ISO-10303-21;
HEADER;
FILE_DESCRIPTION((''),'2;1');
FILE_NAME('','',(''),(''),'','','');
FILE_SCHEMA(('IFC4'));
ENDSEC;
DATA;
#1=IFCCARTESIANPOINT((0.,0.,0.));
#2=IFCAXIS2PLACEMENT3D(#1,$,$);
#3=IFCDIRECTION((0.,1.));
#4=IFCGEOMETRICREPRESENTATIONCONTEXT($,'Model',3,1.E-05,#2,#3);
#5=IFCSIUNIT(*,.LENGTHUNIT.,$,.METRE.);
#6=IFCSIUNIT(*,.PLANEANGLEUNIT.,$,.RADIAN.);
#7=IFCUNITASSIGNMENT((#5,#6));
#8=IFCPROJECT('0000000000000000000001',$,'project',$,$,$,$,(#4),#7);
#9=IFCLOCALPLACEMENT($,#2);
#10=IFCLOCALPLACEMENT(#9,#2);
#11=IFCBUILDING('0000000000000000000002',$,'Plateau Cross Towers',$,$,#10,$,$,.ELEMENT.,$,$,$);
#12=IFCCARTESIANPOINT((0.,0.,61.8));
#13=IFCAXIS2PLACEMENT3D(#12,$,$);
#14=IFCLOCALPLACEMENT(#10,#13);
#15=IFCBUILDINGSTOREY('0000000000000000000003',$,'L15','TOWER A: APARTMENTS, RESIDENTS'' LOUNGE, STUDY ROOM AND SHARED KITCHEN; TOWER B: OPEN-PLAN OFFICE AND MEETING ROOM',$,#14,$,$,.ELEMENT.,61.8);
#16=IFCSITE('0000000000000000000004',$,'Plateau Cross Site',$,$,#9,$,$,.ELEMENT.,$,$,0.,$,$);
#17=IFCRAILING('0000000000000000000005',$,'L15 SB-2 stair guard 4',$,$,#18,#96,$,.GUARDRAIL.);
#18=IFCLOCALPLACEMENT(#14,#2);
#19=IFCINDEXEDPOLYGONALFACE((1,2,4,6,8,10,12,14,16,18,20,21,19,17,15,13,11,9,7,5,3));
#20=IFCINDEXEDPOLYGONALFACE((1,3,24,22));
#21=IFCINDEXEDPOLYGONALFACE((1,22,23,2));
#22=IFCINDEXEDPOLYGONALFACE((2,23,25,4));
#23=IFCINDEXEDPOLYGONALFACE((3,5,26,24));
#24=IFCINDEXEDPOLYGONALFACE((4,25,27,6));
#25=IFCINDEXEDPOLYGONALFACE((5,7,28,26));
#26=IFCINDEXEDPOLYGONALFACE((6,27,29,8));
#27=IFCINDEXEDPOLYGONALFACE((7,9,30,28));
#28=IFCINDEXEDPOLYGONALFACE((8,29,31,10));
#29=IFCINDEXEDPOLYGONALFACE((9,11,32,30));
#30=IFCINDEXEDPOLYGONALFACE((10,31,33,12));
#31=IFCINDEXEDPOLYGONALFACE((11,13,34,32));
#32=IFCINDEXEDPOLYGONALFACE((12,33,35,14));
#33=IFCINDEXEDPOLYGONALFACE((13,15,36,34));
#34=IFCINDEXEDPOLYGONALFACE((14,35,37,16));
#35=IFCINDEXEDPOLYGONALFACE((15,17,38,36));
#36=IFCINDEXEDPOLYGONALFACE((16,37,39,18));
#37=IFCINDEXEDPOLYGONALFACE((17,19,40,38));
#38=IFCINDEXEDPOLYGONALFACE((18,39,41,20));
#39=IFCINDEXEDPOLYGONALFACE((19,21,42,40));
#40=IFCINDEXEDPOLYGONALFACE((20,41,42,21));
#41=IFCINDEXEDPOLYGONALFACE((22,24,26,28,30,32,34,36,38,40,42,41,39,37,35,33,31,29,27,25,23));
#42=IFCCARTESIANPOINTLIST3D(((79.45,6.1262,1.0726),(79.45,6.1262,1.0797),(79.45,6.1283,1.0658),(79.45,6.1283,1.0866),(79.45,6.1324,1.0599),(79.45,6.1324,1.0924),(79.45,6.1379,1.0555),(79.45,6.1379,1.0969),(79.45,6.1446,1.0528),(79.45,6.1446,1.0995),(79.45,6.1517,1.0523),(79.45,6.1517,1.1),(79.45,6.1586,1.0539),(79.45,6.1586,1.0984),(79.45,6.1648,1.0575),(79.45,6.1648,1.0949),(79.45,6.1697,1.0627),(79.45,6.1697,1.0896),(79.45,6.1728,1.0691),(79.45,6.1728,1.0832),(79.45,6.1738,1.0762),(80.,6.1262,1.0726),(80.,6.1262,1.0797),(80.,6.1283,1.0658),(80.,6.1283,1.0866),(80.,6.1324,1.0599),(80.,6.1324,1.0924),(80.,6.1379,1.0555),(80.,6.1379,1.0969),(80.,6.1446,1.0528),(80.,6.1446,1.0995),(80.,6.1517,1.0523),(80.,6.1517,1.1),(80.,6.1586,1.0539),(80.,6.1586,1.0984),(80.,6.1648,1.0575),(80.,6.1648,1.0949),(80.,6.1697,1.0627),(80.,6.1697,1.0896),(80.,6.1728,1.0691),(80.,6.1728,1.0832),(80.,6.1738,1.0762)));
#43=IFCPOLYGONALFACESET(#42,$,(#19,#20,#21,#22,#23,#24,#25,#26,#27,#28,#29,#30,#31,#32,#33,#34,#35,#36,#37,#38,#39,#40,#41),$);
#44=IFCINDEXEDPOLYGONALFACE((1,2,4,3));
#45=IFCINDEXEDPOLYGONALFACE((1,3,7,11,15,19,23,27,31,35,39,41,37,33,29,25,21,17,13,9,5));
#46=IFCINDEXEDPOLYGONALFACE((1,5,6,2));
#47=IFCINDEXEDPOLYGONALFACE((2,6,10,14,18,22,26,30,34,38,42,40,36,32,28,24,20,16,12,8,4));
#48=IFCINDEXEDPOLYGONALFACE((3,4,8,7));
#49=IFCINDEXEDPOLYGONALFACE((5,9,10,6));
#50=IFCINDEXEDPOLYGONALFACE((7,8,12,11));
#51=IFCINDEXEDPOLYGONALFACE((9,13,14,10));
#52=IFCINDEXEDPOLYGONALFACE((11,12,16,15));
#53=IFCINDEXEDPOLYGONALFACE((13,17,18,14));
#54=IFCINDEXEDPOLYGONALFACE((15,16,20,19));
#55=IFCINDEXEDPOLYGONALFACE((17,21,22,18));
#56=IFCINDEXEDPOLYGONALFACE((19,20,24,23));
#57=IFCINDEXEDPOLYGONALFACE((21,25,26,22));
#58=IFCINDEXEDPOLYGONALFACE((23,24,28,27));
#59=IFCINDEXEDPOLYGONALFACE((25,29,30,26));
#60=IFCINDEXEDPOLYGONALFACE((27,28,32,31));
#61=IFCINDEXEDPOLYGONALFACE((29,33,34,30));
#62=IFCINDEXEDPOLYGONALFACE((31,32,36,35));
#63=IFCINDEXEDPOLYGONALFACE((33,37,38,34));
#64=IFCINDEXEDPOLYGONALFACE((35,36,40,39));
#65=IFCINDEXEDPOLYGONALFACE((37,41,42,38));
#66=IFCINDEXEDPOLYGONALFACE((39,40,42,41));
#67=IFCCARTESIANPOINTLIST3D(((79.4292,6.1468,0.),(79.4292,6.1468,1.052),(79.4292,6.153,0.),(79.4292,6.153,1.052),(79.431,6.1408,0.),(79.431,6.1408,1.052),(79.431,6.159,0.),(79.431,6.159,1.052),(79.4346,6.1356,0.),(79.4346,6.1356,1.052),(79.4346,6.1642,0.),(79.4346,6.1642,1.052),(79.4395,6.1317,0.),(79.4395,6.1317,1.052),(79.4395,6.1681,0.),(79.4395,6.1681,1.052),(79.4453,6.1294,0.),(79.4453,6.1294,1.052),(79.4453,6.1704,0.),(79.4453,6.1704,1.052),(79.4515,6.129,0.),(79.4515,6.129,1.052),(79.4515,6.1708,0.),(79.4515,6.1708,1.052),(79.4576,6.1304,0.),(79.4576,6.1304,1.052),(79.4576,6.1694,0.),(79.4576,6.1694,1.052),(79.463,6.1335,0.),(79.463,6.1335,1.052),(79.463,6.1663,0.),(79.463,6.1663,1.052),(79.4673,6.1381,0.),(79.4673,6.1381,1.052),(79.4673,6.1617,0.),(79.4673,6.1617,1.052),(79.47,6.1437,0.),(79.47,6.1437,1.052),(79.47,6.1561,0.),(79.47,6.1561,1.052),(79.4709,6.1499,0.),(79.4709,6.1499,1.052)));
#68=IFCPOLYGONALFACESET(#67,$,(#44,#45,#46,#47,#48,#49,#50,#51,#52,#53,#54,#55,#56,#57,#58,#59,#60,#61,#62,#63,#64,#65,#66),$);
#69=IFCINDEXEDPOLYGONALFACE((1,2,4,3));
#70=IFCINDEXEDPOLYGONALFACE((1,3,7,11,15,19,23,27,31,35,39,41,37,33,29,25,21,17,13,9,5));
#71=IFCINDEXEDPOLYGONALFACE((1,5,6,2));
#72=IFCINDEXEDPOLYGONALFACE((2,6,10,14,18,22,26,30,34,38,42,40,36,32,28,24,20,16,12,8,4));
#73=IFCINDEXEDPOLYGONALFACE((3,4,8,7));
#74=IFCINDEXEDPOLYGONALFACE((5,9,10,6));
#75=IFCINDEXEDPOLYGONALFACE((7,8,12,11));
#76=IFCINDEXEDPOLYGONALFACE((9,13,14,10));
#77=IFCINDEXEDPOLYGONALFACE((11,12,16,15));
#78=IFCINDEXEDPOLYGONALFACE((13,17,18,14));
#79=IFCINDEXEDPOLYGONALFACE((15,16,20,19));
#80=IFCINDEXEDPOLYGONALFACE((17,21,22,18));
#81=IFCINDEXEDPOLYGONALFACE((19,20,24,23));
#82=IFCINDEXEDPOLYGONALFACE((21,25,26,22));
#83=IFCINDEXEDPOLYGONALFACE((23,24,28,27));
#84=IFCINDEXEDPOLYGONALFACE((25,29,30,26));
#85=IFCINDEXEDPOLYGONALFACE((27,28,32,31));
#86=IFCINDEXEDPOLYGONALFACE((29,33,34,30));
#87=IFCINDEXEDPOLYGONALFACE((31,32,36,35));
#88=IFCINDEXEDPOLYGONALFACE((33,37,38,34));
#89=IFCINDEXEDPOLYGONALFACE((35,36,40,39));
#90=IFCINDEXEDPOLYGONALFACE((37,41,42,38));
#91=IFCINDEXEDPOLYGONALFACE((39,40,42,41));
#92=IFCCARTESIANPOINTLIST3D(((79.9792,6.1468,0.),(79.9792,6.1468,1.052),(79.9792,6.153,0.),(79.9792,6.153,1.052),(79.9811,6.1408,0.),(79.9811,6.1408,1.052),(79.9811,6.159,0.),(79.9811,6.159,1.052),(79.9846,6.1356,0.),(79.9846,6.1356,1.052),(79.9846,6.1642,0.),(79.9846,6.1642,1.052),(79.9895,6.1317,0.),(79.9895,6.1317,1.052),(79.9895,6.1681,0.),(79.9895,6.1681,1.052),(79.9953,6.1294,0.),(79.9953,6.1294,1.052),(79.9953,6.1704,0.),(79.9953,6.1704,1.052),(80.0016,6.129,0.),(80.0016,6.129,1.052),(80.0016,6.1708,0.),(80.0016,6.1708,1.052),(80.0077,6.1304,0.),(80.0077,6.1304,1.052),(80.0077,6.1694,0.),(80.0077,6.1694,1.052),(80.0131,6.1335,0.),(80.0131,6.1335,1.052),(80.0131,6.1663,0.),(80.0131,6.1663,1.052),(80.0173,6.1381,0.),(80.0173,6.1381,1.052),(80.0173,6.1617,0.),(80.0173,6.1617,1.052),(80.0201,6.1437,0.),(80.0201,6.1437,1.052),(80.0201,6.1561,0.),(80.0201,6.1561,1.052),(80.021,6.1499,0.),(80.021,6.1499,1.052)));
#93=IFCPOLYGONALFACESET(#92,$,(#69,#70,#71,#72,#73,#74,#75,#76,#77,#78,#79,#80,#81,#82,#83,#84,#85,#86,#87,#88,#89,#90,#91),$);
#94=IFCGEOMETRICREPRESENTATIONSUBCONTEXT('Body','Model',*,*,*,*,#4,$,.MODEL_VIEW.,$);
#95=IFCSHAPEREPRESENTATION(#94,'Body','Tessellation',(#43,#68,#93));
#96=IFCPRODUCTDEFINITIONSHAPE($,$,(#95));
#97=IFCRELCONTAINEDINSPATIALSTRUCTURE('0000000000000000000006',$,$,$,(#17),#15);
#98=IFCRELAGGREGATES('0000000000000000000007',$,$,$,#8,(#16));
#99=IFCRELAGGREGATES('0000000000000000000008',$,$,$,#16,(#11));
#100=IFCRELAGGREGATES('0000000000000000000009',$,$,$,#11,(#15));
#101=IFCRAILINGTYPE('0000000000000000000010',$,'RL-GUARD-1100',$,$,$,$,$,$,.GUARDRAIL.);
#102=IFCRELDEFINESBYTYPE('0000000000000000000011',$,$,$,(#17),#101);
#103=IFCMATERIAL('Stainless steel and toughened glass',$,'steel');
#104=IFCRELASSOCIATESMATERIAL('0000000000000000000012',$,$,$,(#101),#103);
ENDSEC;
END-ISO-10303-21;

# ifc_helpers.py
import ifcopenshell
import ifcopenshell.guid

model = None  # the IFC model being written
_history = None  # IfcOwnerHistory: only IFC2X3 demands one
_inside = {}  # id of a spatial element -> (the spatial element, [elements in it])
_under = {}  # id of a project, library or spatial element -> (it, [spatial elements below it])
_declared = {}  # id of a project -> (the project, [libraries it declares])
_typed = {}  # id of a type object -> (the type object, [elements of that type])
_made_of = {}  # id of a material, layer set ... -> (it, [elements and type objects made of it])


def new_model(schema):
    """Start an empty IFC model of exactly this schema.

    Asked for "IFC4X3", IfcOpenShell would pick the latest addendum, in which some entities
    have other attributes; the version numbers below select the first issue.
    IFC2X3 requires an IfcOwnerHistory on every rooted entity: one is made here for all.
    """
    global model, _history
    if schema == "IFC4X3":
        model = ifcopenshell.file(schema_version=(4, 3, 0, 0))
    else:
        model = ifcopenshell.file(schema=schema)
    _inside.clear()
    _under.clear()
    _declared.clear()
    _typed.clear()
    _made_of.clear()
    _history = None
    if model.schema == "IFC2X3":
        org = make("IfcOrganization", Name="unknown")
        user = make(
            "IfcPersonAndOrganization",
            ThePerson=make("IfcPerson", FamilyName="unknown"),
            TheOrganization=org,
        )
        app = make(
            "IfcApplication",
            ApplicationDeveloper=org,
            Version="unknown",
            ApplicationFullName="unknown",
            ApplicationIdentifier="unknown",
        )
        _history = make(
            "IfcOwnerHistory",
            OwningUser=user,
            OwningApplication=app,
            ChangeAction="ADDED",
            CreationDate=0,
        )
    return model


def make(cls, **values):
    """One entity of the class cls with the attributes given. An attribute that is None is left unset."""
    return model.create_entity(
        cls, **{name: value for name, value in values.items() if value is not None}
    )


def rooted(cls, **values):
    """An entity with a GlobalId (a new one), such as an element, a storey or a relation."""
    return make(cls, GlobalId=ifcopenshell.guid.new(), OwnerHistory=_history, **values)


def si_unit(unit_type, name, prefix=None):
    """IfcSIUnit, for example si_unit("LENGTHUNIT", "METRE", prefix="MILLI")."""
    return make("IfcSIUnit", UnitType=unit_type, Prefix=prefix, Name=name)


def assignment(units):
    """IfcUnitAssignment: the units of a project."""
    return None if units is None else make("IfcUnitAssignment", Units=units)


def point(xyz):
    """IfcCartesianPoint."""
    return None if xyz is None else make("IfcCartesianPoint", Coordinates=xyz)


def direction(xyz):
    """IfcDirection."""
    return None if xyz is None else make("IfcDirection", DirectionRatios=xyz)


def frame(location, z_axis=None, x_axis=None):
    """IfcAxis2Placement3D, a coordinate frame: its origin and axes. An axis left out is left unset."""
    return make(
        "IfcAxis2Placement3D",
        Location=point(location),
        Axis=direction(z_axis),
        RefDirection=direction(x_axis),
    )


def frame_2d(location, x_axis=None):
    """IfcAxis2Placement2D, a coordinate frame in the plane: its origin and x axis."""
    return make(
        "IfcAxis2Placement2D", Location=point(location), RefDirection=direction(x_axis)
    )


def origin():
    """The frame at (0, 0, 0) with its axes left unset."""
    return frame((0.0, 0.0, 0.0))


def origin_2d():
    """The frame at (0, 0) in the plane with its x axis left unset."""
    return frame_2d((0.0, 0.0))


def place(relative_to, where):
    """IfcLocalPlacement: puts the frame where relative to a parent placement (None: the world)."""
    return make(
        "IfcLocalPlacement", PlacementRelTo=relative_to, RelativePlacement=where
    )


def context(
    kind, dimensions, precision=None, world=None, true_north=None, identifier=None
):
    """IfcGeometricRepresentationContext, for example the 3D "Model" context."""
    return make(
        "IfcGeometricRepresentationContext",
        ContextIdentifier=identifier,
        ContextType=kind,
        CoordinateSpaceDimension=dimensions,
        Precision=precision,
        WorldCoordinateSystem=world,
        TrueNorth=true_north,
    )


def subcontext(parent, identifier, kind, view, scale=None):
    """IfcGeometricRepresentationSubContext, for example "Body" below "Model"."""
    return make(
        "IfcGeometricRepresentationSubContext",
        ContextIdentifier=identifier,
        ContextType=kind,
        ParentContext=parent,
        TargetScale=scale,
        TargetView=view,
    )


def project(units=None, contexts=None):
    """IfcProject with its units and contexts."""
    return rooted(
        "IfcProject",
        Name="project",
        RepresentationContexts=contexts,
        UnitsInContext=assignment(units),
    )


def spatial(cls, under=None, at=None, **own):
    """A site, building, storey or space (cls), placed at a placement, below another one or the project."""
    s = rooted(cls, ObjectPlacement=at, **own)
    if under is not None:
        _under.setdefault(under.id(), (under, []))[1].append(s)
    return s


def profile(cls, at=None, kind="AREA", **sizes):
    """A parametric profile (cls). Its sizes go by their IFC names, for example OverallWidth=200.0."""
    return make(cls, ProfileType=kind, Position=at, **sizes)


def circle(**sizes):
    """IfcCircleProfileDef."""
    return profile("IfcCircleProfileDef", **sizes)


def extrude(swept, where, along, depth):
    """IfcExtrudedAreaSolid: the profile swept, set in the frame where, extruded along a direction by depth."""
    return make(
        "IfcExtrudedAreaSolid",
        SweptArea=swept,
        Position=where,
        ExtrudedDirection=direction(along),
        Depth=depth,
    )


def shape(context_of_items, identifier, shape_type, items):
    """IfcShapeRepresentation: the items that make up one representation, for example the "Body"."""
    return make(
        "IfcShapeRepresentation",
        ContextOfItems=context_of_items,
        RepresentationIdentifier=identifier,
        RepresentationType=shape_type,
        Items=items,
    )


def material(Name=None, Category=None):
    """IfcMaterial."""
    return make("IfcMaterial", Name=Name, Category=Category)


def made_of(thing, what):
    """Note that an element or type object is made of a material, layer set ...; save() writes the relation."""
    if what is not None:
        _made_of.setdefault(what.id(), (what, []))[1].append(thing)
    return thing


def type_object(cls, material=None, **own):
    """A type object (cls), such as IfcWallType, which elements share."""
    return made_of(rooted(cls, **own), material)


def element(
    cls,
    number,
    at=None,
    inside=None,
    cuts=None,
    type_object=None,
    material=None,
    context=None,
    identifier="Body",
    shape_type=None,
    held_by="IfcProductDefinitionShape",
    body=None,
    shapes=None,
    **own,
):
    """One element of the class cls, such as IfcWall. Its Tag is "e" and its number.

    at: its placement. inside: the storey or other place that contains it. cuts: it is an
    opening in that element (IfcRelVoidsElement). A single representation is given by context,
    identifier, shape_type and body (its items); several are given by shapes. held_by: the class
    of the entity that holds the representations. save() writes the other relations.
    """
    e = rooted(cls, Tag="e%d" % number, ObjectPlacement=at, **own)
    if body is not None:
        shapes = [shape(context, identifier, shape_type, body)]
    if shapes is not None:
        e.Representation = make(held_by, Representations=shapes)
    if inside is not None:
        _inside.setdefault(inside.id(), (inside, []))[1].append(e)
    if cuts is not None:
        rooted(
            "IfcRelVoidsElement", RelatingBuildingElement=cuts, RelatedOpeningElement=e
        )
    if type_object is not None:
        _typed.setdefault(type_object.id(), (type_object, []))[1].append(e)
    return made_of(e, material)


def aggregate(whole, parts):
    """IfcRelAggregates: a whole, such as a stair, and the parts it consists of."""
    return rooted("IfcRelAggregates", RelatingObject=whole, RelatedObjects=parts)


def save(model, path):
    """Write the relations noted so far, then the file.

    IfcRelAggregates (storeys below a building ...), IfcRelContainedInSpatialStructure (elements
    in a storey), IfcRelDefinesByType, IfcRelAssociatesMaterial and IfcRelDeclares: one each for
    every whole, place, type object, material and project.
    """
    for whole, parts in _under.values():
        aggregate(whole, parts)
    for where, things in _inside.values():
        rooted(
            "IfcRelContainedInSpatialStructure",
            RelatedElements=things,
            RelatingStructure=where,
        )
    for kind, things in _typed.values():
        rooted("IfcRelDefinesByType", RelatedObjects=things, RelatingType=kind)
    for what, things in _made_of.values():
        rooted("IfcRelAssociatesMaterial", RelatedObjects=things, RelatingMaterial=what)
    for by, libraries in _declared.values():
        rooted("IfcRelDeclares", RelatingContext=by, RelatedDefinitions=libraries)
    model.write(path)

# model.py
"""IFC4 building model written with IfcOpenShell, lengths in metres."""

from ifc_helpers import new_model, si_unit, direction, frame, origin, origin_2d, place, context, subcontext, project, spatial, circle, extrude, material, type_object, element, save


model = new_model("IFC4")

# Units and contexts
model_context = context("Model", 3, precision=1e-05, world=origin(), true_north=direction((0.0, 1.0)))
body_context = subcontext(model_context, "Body", "Model", "MODEL_VIEW")
ifc_project = project(units=[si_unit("LENGTHUNIT", "METRE"), si_unit("PLANEANGLEUNIT", "RADIAN")], contexts=[model_context])

# Site, building, storey
site_placement = place(None, origin())
site = spatial("IfcSite", under=ifc_project, at=site_placement, Name="Plateau Cross Site", CompositionType="ELEMENT", RefElevation=0.0)
building_placement = place(site_placement, origin())
building = spatial("IfcBuilding", under=site, at=building_placement, Name="Plateau Cross Towers", CompositionType="ELEMENT")
storey_placement = place(building_placement, frame((0.0, 0.0, 61.8)))
storey = spatial("IfcBuildingStorey", under=building, at=storey_placement, Name="L15", Description="TOWER A: APARTMENTS, RESIDENTS' LOUNGE, STUDY ROOM AND SHARED KITCHEN; TOWER B: OPEN-PLAN OFFICE AND MEETING ROOM", CompositionType="ELEMENT", Elevation=61.8)

# Railing
ifc_material_1 = material(Name="Stainless steel and toughened glass", Category="steel")
railing_type = type_object("IfcRailingType", Name="RL-GUARD-1100", PredefinedType="GUARDRAIL", material=ifc_material_1)
railing_1_placement = place(storey_placement, frame((79.45, 6.1499, 0.0)))
element("IfcRailing", 1, at=railing_1_placement, inside=storey, type_object=railing_type, Name="L15 SB-2 stair guard 4", PredefinedType="GUARDRAIL", context=body_context, shape_type="SweptSolid", body=[
    extrude(circle(Radius=0.0239, at=origin_2d()), frame((0.0, 0.0, 1.0762), z_axis=(1.0, 0.0, 0.0), x_axis=(0.0, 1.0, 0.0)), (0.0, 0.0, 1.0), 0.55),
    extrude(circle(Radius=0.021, at=origin_2d()), origin(), (0.0, 0.0, 1.0), 1.052),
    extrude(circle(Radius=0.021, at=origin_2d()), frame((0.55, 0.0, 0.0)), (0.0, 0.0, 1.0), 1.052),
])

save(model, "model.ifc")
